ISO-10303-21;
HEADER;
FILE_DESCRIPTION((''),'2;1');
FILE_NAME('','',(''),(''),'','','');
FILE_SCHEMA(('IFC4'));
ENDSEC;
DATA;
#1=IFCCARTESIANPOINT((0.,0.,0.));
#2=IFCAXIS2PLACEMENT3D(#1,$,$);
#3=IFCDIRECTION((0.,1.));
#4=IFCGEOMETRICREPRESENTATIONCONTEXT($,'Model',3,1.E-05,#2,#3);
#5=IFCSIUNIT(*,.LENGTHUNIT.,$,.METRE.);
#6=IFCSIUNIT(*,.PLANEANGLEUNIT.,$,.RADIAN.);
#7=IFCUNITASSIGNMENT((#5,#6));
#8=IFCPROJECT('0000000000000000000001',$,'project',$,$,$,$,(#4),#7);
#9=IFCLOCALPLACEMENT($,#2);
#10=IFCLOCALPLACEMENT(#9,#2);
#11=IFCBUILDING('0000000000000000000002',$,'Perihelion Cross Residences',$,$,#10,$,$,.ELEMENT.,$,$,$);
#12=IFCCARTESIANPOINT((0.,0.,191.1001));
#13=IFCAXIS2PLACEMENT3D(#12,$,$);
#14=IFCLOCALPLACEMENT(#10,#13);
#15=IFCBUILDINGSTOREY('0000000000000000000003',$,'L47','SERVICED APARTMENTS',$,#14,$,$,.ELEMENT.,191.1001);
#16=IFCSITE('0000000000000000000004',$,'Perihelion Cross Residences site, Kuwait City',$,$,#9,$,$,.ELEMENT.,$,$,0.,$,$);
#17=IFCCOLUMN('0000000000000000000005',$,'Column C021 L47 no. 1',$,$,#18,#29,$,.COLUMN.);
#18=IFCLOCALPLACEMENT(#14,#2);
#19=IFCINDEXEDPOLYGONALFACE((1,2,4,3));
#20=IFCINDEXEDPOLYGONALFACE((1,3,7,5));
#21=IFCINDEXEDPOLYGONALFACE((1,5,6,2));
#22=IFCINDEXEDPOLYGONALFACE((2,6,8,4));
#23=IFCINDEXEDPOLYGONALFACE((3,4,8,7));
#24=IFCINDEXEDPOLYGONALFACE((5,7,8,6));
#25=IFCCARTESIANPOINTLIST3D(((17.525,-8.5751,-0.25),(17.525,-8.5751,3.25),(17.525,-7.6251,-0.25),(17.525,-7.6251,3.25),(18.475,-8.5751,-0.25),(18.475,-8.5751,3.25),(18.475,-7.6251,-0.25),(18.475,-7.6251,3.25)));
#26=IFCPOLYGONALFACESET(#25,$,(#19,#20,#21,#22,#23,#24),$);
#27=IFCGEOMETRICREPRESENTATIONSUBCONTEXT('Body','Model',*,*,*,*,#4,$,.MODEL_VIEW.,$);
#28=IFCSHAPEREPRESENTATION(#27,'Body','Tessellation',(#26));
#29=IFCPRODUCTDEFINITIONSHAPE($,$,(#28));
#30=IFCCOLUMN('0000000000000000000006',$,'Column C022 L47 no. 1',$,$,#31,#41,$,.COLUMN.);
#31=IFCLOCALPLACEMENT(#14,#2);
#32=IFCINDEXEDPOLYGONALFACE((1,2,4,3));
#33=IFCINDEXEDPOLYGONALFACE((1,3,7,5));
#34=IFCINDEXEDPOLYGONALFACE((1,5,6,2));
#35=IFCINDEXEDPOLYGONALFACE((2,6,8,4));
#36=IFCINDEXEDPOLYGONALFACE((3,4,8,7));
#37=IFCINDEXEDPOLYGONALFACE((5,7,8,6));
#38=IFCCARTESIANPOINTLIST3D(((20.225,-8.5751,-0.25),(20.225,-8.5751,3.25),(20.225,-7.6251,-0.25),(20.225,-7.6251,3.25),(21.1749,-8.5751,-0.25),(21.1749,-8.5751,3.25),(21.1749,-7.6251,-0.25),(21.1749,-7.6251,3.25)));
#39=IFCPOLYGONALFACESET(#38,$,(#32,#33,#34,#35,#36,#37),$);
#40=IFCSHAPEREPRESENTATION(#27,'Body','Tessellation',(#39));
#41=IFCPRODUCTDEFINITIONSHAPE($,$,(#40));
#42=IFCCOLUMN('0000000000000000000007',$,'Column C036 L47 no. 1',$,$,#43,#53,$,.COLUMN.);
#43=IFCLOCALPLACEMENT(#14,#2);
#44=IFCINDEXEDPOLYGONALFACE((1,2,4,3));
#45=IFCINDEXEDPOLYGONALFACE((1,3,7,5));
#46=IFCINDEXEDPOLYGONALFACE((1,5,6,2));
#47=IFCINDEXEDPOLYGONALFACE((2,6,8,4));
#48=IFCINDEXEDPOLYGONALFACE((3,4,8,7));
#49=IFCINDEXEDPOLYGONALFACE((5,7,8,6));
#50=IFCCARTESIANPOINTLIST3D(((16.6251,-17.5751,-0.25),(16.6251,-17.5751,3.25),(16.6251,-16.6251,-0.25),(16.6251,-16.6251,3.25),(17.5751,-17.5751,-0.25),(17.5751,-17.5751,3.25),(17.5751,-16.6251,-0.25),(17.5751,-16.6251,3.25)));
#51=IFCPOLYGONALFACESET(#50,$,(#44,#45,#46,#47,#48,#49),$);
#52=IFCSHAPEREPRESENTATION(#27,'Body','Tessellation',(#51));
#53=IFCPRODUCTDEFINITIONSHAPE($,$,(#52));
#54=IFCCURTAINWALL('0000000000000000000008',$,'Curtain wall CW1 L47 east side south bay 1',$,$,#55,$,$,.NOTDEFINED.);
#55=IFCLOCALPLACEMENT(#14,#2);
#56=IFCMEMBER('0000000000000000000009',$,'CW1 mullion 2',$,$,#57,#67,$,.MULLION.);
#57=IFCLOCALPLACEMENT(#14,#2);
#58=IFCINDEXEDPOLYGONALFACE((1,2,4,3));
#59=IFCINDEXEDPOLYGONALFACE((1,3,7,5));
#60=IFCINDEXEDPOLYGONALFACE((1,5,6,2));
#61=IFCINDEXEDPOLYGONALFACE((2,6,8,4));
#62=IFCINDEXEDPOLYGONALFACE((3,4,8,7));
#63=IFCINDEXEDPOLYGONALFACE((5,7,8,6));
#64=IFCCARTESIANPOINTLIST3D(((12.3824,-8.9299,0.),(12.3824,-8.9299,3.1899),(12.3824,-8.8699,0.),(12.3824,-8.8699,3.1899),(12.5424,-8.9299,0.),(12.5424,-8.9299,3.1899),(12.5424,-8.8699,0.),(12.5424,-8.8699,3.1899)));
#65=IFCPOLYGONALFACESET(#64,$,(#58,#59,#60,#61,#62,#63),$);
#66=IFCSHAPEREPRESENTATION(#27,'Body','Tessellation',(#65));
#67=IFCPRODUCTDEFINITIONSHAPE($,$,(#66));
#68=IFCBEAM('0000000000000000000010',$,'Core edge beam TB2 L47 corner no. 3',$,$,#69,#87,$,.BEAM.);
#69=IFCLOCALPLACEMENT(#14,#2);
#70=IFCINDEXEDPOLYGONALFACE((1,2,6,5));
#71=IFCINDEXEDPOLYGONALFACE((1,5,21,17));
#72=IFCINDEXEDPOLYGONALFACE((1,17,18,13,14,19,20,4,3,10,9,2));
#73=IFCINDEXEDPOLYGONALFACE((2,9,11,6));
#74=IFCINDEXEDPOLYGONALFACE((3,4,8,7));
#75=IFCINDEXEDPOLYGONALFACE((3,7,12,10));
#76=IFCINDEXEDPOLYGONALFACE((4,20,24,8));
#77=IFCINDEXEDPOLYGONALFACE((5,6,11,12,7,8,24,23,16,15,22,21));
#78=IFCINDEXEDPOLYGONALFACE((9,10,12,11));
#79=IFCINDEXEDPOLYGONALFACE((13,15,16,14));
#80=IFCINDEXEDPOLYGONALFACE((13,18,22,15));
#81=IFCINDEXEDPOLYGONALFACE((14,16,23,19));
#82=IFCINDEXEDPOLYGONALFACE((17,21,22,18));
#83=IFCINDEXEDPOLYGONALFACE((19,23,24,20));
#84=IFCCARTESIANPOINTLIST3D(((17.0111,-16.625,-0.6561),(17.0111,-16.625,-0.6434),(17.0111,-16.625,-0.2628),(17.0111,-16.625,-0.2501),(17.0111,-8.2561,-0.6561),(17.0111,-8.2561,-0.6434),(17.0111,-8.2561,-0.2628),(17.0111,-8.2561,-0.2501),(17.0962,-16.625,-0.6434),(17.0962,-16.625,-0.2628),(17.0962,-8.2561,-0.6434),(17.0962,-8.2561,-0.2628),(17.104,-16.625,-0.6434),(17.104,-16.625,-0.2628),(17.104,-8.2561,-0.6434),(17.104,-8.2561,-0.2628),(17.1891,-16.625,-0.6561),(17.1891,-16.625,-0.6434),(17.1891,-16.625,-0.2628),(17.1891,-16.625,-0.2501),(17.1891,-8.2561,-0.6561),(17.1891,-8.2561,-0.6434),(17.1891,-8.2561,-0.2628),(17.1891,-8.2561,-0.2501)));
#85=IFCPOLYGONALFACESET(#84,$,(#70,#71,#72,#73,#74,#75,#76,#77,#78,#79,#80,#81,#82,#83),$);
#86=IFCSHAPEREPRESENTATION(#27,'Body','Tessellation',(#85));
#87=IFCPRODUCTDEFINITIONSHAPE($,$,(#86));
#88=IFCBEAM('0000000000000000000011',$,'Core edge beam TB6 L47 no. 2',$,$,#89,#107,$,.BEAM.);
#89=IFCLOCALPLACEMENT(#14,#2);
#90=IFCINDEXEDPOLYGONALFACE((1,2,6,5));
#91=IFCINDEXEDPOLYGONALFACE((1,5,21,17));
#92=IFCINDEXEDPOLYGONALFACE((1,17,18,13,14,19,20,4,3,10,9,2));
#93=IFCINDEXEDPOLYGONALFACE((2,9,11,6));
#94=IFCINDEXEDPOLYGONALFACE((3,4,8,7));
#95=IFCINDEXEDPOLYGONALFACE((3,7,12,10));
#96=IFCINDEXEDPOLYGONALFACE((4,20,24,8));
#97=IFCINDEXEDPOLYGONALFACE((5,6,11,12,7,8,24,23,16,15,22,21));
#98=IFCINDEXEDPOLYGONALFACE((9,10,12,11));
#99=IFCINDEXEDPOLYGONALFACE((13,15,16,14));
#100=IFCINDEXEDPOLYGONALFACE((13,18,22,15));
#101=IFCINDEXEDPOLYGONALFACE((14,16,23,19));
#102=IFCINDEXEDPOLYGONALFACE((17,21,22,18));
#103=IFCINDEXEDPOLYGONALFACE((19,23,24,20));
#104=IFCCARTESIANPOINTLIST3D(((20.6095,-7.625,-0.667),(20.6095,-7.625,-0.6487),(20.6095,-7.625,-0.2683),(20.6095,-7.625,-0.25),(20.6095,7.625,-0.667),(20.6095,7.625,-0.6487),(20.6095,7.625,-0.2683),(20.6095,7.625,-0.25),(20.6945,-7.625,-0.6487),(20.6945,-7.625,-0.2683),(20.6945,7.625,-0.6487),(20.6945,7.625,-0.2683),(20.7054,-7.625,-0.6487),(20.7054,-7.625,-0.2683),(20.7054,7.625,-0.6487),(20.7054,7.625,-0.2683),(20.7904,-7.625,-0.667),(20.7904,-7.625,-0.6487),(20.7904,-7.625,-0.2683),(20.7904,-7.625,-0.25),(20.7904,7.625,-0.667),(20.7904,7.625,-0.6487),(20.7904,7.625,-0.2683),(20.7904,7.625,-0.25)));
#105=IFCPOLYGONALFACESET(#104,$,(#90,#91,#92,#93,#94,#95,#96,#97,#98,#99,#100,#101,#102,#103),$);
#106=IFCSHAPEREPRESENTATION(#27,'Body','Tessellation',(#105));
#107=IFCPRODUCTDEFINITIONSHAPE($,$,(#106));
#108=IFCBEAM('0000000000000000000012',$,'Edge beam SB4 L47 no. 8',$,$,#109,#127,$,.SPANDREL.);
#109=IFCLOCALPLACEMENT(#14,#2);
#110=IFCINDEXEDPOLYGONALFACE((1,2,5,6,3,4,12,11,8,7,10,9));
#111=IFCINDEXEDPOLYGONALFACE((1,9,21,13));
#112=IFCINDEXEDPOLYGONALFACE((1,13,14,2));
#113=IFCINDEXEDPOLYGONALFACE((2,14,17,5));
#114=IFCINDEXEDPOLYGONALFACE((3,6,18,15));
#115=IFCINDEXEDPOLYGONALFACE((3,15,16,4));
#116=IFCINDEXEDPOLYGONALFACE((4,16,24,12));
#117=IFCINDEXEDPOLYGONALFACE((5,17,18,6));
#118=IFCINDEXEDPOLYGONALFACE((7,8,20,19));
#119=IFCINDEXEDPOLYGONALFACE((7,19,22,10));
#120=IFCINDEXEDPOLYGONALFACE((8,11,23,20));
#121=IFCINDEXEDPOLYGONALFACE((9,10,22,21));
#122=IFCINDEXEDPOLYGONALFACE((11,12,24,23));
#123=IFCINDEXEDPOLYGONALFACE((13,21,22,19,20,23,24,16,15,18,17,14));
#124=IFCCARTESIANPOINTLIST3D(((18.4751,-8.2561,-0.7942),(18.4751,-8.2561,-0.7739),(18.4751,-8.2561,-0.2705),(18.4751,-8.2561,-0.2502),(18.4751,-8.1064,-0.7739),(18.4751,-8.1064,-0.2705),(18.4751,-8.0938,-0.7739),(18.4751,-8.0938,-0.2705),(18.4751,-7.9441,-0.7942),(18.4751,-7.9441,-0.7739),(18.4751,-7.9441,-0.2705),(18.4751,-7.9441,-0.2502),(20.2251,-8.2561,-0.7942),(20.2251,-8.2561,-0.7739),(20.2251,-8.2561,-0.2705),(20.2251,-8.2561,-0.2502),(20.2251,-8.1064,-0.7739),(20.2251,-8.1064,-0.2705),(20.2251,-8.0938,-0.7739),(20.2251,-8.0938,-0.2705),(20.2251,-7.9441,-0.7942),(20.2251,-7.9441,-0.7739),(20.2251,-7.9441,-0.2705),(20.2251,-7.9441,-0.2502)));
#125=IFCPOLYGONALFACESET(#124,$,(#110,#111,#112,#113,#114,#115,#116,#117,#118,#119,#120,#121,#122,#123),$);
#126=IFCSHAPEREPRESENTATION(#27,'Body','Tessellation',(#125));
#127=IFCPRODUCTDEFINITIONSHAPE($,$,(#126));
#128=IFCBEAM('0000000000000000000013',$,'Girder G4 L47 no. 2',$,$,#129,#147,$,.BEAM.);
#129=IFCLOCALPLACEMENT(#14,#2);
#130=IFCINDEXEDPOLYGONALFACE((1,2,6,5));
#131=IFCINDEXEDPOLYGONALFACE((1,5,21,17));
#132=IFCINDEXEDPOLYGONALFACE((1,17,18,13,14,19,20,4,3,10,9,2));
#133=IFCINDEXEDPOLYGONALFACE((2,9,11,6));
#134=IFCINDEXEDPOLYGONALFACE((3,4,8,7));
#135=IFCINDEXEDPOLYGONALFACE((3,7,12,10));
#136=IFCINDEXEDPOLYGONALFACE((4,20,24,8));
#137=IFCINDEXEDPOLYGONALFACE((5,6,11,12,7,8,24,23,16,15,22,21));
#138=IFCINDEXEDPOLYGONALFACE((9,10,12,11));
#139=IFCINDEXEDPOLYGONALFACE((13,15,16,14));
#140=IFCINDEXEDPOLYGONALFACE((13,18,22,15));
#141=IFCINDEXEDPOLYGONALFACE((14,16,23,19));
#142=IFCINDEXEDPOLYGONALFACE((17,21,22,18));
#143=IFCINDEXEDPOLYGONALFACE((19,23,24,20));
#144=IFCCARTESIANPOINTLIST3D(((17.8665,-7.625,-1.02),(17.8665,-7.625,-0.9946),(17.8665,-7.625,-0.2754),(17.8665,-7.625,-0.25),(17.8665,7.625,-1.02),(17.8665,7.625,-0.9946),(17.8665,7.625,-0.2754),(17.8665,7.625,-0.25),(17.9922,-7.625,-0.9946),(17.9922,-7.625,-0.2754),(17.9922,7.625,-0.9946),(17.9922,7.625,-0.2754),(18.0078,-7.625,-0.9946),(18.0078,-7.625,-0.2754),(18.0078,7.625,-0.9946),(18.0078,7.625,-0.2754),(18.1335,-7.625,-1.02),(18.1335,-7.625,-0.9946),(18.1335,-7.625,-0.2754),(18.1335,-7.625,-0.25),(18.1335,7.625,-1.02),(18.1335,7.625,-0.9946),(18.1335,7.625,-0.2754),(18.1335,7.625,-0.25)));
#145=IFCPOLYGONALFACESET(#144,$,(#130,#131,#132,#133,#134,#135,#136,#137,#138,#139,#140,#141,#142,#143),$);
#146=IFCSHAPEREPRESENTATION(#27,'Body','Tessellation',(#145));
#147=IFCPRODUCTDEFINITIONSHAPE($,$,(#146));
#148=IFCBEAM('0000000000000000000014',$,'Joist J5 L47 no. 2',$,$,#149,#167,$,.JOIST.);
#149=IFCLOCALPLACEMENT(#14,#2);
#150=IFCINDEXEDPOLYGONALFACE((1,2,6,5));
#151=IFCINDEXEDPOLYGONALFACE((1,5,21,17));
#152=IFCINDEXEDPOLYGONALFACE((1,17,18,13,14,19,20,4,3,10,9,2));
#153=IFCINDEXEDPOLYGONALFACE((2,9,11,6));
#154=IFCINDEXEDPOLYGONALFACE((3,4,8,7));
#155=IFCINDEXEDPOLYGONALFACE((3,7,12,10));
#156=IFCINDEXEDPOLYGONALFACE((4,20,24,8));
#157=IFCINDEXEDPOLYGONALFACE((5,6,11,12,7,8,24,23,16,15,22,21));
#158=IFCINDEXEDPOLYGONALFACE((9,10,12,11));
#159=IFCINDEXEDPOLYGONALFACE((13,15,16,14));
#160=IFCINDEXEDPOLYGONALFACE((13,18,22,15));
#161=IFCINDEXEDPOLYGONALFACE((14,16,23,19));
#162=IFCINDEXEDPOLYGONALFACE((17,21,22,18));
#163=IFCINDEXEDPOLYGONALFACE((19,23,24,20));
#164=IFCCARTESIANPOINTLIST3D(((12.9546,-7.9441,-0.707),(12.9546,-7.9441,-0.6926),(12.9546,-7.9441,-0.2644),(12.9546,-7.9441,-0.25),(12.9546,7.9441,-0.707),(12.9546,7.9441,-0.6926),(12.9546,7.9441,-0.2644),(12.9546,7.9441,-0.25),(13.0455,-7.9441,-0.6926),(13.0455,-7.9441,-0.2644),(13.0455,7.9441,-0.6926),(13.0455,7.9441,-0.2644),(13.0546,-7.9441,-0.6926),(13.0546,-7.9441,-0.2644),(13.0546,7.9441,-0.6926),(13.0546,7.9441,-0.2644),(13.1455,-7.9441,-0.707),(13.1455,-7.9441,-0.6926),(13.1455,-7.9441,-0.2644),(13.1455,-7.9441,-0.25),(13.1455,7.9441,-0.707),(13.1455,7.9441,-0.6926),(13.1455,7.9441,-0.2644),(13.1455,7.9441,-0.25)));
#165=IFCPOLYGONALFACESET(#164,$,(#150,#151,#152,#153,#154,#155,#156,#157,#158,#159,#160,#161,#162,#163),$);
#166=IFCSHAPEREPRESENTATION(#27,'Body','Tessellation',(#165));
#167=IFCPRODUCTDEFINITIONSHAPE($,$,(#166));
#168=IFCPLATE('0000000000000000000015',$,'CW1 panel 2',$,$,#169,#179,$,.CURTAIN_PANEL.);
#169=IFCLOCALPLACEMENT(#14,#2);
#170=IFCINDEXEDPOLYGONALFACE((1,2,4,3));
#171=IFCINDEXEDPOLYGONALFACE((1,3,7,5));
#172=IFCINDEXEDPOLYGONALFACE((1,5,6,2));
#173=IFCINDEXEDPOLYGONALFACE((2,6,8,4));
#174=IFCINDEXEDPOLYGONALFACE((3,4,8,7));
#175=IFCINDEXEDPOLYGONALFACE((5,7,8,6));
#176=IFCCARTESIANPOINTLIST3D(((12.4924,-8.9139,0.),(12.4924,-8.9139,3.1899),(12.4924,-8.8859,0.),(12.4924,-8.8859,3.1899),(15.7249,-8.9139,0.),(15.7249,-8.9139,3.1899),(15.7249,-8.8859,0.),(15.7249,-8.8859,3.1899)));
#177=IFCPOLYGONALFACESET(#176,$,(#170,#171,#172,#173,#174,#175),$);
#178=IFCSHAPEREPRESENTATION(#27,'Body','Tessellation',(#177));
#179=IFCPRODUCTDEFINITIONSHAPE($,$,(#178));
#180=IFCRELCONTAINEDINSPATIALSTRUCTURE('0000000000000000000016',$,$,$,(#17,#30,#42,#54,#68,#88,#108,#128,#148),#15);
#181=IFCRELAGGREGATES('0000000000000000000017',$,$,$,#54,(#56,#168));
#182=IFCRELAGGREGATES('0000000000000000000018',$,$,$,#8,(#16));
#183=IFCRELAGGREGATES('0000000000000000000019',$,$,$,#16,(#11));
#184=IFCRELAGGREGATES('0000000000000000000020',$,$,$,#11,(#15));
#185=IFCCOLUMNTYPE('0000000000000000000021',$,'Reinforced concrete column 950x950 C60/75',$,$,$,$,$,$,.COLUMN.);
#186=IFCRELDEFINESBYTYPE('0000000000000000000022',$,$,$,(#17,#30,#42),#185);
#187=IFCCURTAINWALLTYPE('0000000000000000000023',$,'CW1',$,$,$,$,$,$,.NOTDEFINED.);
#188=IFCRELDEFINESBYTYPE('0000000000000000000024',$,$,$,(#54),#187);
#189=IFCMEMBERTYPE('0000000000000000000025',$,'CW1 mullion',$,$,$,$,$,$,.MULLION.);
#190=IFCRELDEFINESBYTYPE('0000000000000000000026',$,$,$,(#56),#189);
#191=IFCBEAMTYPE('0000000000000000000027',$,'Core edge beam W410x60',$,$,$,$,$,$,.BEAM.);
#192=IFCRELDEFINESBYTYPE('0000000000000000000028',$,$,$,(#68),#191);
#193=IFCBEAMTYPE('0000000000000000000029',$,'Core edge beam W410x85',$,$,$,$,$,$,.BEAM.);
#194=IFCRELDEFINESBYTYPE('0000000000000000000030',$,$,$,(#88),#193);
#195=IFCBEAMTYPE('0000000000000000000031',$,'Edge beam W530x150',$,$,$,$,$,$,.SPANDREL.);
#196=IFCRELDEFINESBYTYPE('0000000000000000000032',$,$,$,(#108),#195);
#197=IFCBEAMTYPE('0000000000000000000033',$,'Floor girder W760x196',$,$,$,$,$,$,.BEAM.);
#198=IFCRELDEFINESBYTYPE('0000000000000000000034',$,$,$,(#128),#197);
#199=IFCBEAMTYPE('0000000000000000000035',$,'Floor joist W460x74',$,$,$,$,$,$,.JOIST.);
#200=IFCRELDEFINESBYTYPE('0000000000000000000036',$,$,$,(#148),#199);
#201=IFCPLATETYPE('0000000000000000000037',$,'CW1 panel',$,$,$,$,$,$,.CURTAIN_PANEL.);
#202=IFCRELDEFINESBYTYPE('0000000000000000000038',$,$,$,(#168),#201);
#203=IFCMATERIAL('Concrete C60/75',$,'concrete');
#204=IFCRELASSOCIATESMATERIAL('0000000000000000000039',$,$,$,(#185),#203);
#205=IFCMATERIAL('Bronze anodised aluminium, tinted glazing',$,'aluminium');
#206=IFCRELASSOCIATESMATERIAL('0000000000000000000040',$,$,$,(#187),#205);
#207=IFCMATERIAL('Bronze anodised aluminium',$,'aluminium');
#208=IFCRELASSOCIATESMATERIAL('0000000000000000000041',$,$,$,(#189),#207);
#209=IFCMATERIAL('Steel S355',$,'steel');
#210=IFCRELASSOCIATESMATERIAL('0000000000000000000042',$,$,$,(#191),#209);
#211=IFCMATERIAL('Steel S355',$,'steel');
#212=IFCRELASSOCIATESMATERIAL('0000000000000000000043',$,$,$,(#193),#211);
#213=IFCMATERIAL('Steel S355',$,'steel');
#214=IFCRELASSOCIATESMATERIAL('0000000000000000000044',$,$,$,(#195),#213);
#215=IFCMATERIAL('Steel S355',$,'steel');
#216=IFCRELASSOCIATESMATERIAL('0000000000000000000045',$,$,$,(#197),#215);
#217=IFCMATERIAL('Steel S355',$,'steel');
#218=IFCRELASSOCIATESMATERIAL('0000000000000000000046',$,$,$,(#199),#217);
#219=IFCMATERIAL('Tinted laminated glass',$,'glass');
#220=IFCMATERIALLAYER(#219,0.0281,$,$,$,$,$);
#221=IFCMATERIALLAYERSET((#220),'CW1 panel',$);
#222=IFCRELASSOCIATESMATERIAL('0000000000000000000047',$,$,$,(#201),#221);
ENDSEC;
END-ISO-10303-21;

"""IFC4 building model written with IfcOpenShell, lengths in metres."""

from ifc_helpers import new_model, si_unit, direction, frame, origin, origin_2d, place, context, subcontext, project, spatial, rectangle, i_section, extrude, material, layer, layer_set, material_profile, profile_set, type_object, element, aggregate, save


model = new_model("IFC4")

# Units and contexts
model_context = context("Model", 3, precision=1e-05, world=origin(), true_north=direction((0.0, 1.0)))
body_context = subcontext(model_context, "Body", "Model", "MODEL_VIEW")
ifc_project = project(units=[si_unit("LENGTHUNIT", "METRE"), si_unit("PLANEANGLEUNIT", "RADIAN")], contexts=[model_context])

# Site, building, storey
site_placement = place(None, origin())
site = spatial("IfcSite", under=ifc_project, at=site_placement, Name="Perihelion Cross Residences site, Kuwait City", CompositionType="ELEMENT", RefElevation=0.0)
building_placement = place(site_placement, origin())
building = spatial("IfcBuilding", under=site, at=building_placement, Name="Perihelion Cross Residences", CompositionType="ELEMENT")
storey_placement = place(building_placement, frame((0.0, 0.0, 191.1001)))
storey = spatial("IfcBuildingStorey", under=building, at=storey_placement, Name="L47", Description="SERVICED APARTMENTS", CompositionType="ELEMENT", Elevation=191.1001)

# Columns
ifc_material_1 = material(Name="Concrete C60/75", Category="concrete")
ifc_material_profile_1 = material_profile(ifc_material_1, rectangle(XDim=0.95, YDim=0.95, at=origin_2d()), Name="RC 950x950")
ifc_profile_set_1 = profile_set([ifc_material_profile_1], Name="Concrete C60/75")
column_type = type_object("IfcColumnType", Name="Reinforced concrete column 950x950 C60/75", PredefinedType="COLUMN", material=ifc_profile_set_1)
for number, where, z_axis, x_axis, name in (
    (1, (18.0, -8.1001, -0.25), (0.0, 0.0, 1.0), (1.0, 0.0, 0.0), "Column C021 L47 no. 1"),
    (2, (20.7, -8.1001, -0.25), (0.0, 0.0, 1.0), (1.0, 0.0, 0.0), "Column C022 L47 no. 1"),
    (3, (17.1001, -17.1001, -0.25), (0.0, 0.0, 1.0), (1.0, 0.0, 0.0), "Column C036 L47 no. 1"),
):
    element("IfcColumn", number, at=place(storey_placement, frame(where, z_axis=z_axis, x_axis=x_axis)), inside=storey, type_object=column_type, Name=name, PredefinedType="COLUMN", context=body_context, shape_type="SweptSolid", body=[
        extrude(rectangle(XDim=0.95, YDim=0.95, at=origin_2d()), origin(), (0.0, 0.0, 1.0), 3.5),
    ])

# Curtain wall, member
ifc_material_2 = material(Name="Bronze anodised aluminium, tinted glazing", Category="aluminium")
curtain_wall_type = type_object("IfcCurtainWallType", Name="CW1", PredefinedType="NOTDEFINED", material=ifc_material_2)
curtain_wall_placement = place(storey_placement, origin())
curtain_wall = element("IfcCurtainWall", 4, at=curtain_wall_placement, inside=storey, type_object=curtain_wall_type, Name="Curtain wall CW1 L47 east side south bay 1", PredefinedType="NOTDEFINED")
ifc_material_3 = material(Name="Bronze anodised aluminium", Category="aluminium")
ifc_material_profile_2 = material_profile(ifc_material_3, rectangle(XDim=0.0601, YDim=0.1599, at=origin_2d()), Name="CW1 mullion")
ifc_profile_set_2 = profile_set([ifc_material_profile_2], Name="Bronze anodised aluminium")
member_type = type_object("IfcMemberType", Name="CW1 mullion", PredefinedType="MULLION", material=ifc_profile_set_2)
member_placement = place(storey_placement, frame((12.4624, -8.8999, 0.0), z_axis=(0.0, 0.0, 1.0), x_axis=(0.0, 1.0, 0.0)))
member = element("IfcMember", 5, at=member_placement, type_object=member_type, Name="CW1 mullion 2", PredefinedType="MULLION", context=body_context, shape_type="SweptSolid", body=[
    extrude(rectangle(XDim=0.0601, YDim=0.1599, at=origin_2d()), origin(), (0.0, 0.0, 1.0), 3.1899),
])

# Beams
ifc_material_4 = material(Name="Steel S355", Category="steel")
ifc_material_profile_3 = material_profile(ifc_material_4, i_section(OverallWidth=0.178, OverallDepth=0.406, WebThickness=0.0078, FlangeThickness=0.0127, at=origin_2d()), Name="W410x60")
ifc_profile_set_3 = profile_set([ifc_material_profile_3], Name="Steel S355")
beam_type_1 = type_object("IfcBeamType", Name="Core edge beam W410x60", PredefinedType="BEAM", material=ifc_profile_set_3)
beam_1_placement = place(storey_placement, frame((17.1001, -8.2561, -0.4531), z_axis=(0.0, -1.0, 0.0), x_axis=(1.0, 0.0, 0.0)))
element("IfcBeam", 6, at=beam_1_placement, inside=storey, type_object=beam_type_1, Name="Core edge beam TB2 L47 corner no. 3", PredefinedType="BEAM", context=body_context, shape_type="SweptSolid", body=[
    extrude(i_section(OverallWidth=0.178, OverallDepth=0.406, WebThickness=0.0078, FlangeThickness=0.0127, at=origin_2d()), origin(), (0.0, 0.0, 1.0), 8.3689),
])
ifc_material_5 = material(Name="Steel S355", Category="steel")
ifc_material_profile_4 = material_profile(ifc_material_5, i_section(OverallWidth=0.1809, OverallDepth=0.417, WebThickness=0.011, FlangeThickness=0.0183, at=origin_2d()), Name="W410x85")
ifc_profile_set_4 = profile_set([ifc_material_profile_4], Name="Steel S355")
beam_type_2 = type_object("IfcBeamType", Name="Core edge beam W410x85", PredefinedType="BEAM", material=ifc_profile_set_4)
beam_2_placement = place(storey_placement, frame((20.7, -7.625, -0.4585), z_axis=(0.0, 1.0, 0.0), x_axis=(-1.0, 0.0, 0.0)))
element("IfcBeam", 7, at=beam_2_placement, inside=storey, type_object=beam_type_2, Name="Core edge beam TB6 L47 no. 2", PredefinedType="BEAM", context=body_context, shape_type="SweptSolid", body=[
    extrude(i_section(OverallWidth=0.1809, OverallDepth=0.417, WebThickness=0.011, FlangeThickness=0.0183, at=origin_2d()), origin(), (0.0, 0.0, 1.0), 15.25),
])
ifc_material_6 = material(Name="Steel S355", Category="steel")
ifc_material_profile_5 = material_profile(ifc_material_6, i_section(OverallWidth=0.312, OverallDepth=0.5439, WebThickness=0.0127, FlangeThickness=0.0203, at=origin_2d()), Name="W530x150")
ifc_profile_set_5 = profile_set([ifc_material_profile_5], Name="Steel S355")
beam_type_3 = type_object("IfcBeamType", Name="Edge beam W530x150", PredefinedType="SPANDREL", material=ifc_profile_set_5)
beam_3_placement = place(storey_placement, frame((18.4751, -8.1001, -0.5222), z_axis=(1.0, 0.0, 0.0), x_axis=(0.0, 1.0, 0.0)))
element("IfcBeam", 8, at=beam_3_placement, inside=storey, type_object=beam_type_3, Name="Edge beam SB4 L47 no. 8", PredefinedType="SPANDREL", context=body_context, shape_type="SweptSolid", body=[
    extrude(i_section(OverallWidth=0.312, OverallDepth=0.5439, WebThickness=0.0127, FlangeThickness=0.0203, at=origin_2d()), origin(), (0.0, 0.0, 1.0), 1.75),
])
ifc_material_7 = material(Name="Steel S355", Category="steel")
ifc_material_profile_6 = material_profile(ifc_material_7, i_section(OverallWidth=0.2671, OverallDepth=0.77, WebThickness=0.0156, FlangeThickness=0.0254, at=origin_2d()), Name="W760x196")
ifc_profile_set_6 = profile_set([ifc_material_profile_6], Name="Steel S355")
beam_type_4 = type_object("IfcBeamType", Name="Floor girder W760x196", PredefinedType="BEAM", material=ifc_profile_set_6)
beam_4_placement = place(storey_placement, frame((18.0, -7.625, -0.635), z_axis=(0.0, 1.0, 0.0), x_axis=(-1.0, 0.0, 0.0)))
element("IfcBeam", 9, at=beam_4_placement, inside=storey, type_object=beam_type_4, Name="Girder G4 L47 no. 2", PredefinedType="BEAM", context=body_context, shape_type="SweptSolid", body=[
    extrude(i_section(OverallWidth=0.2671, OverallDepth=0.77, WebThickness=0.0156, FlangeThickness=0.0254, at=origin_2d()), origin(), (0.0, 0.0, 1.0), 15.25),
])
ifc_material_8 = material(Name="Steel S355", Category="steel")
ifc_material_profile_7 = material_profile(ifc_material_8, i_section(OverallWidth=0.1909, OverallDepth=0.457, WebThickness=0.009, FlangeThickness=0.0144, at=origin_2d()), Name="W460x74")
ifc_profile_set_7 = profile_set([ifc_material_profile_7], Name="Steel S355")
beam_type_5 = type_object("IfcBeamType", Name="Floor joist W460x74", PredefinedType="JOIST", material=ifc_profile_set_7)
beam_5_placement = place(storey_placement, frame((13.05, -7.9441, -0.4785), z_axis=(0.0, 1.0, 0.0), x_axis=(-1.0, 0.0, 0.0)))
element("IfcBeam", 10, at=beam_5_placement, inside=storey, type_object=beam_type_5, Name="Joist J5 L47 no. 2", PredefinedType="JOIST", context=body_context, shape_type="SweptSolid", body=[
    extrude(i_section(OverallWidth=0.1909, OverallDepth=0.457, WebThickness=0.009, FlangeThickness=0.0144, at=origin_2d()), origin(), (0.0, 0.0, 1.0), 15.8882),
])

# Plate
ifc_material_9 = material(Name="Tinted laminated glass", Category="glass")
ifc_layer_1 = layer(ifc_material_9, 0.0281)
ifc_layer_set_1 = layer_set([ifc_layer_1], Name="CW1 panel")
plate_type = type_object("IfcPlateType", Name="CW1 panel", PredefinedType="CURTAIN_PANEL", material=ifc_layer_set_1)
plate_placement = place(storey_placement, frame((14.1086, -8.8999, 0.0), z_axis=(0.0, 0.0, 1.0), x_axis=(1.0, 0.0, 0.0)))
plate = element("IfcPlate", 11, at=plate_placement, type_object=plate_type, Name="CW1 panel 2", PredefinedType="CURTAIN_PANEL", context=body_context, shape_type="SweptSolid", body=[
    extrude(rectangle(XDim=3.2324, YDim=0.0281, at=origin_2d()), origin(), (0.0, 0.0, 1.0), 3.1899),
])
aggregate(curtain_wall, [member, plate])

save(model, "model.ifc")
